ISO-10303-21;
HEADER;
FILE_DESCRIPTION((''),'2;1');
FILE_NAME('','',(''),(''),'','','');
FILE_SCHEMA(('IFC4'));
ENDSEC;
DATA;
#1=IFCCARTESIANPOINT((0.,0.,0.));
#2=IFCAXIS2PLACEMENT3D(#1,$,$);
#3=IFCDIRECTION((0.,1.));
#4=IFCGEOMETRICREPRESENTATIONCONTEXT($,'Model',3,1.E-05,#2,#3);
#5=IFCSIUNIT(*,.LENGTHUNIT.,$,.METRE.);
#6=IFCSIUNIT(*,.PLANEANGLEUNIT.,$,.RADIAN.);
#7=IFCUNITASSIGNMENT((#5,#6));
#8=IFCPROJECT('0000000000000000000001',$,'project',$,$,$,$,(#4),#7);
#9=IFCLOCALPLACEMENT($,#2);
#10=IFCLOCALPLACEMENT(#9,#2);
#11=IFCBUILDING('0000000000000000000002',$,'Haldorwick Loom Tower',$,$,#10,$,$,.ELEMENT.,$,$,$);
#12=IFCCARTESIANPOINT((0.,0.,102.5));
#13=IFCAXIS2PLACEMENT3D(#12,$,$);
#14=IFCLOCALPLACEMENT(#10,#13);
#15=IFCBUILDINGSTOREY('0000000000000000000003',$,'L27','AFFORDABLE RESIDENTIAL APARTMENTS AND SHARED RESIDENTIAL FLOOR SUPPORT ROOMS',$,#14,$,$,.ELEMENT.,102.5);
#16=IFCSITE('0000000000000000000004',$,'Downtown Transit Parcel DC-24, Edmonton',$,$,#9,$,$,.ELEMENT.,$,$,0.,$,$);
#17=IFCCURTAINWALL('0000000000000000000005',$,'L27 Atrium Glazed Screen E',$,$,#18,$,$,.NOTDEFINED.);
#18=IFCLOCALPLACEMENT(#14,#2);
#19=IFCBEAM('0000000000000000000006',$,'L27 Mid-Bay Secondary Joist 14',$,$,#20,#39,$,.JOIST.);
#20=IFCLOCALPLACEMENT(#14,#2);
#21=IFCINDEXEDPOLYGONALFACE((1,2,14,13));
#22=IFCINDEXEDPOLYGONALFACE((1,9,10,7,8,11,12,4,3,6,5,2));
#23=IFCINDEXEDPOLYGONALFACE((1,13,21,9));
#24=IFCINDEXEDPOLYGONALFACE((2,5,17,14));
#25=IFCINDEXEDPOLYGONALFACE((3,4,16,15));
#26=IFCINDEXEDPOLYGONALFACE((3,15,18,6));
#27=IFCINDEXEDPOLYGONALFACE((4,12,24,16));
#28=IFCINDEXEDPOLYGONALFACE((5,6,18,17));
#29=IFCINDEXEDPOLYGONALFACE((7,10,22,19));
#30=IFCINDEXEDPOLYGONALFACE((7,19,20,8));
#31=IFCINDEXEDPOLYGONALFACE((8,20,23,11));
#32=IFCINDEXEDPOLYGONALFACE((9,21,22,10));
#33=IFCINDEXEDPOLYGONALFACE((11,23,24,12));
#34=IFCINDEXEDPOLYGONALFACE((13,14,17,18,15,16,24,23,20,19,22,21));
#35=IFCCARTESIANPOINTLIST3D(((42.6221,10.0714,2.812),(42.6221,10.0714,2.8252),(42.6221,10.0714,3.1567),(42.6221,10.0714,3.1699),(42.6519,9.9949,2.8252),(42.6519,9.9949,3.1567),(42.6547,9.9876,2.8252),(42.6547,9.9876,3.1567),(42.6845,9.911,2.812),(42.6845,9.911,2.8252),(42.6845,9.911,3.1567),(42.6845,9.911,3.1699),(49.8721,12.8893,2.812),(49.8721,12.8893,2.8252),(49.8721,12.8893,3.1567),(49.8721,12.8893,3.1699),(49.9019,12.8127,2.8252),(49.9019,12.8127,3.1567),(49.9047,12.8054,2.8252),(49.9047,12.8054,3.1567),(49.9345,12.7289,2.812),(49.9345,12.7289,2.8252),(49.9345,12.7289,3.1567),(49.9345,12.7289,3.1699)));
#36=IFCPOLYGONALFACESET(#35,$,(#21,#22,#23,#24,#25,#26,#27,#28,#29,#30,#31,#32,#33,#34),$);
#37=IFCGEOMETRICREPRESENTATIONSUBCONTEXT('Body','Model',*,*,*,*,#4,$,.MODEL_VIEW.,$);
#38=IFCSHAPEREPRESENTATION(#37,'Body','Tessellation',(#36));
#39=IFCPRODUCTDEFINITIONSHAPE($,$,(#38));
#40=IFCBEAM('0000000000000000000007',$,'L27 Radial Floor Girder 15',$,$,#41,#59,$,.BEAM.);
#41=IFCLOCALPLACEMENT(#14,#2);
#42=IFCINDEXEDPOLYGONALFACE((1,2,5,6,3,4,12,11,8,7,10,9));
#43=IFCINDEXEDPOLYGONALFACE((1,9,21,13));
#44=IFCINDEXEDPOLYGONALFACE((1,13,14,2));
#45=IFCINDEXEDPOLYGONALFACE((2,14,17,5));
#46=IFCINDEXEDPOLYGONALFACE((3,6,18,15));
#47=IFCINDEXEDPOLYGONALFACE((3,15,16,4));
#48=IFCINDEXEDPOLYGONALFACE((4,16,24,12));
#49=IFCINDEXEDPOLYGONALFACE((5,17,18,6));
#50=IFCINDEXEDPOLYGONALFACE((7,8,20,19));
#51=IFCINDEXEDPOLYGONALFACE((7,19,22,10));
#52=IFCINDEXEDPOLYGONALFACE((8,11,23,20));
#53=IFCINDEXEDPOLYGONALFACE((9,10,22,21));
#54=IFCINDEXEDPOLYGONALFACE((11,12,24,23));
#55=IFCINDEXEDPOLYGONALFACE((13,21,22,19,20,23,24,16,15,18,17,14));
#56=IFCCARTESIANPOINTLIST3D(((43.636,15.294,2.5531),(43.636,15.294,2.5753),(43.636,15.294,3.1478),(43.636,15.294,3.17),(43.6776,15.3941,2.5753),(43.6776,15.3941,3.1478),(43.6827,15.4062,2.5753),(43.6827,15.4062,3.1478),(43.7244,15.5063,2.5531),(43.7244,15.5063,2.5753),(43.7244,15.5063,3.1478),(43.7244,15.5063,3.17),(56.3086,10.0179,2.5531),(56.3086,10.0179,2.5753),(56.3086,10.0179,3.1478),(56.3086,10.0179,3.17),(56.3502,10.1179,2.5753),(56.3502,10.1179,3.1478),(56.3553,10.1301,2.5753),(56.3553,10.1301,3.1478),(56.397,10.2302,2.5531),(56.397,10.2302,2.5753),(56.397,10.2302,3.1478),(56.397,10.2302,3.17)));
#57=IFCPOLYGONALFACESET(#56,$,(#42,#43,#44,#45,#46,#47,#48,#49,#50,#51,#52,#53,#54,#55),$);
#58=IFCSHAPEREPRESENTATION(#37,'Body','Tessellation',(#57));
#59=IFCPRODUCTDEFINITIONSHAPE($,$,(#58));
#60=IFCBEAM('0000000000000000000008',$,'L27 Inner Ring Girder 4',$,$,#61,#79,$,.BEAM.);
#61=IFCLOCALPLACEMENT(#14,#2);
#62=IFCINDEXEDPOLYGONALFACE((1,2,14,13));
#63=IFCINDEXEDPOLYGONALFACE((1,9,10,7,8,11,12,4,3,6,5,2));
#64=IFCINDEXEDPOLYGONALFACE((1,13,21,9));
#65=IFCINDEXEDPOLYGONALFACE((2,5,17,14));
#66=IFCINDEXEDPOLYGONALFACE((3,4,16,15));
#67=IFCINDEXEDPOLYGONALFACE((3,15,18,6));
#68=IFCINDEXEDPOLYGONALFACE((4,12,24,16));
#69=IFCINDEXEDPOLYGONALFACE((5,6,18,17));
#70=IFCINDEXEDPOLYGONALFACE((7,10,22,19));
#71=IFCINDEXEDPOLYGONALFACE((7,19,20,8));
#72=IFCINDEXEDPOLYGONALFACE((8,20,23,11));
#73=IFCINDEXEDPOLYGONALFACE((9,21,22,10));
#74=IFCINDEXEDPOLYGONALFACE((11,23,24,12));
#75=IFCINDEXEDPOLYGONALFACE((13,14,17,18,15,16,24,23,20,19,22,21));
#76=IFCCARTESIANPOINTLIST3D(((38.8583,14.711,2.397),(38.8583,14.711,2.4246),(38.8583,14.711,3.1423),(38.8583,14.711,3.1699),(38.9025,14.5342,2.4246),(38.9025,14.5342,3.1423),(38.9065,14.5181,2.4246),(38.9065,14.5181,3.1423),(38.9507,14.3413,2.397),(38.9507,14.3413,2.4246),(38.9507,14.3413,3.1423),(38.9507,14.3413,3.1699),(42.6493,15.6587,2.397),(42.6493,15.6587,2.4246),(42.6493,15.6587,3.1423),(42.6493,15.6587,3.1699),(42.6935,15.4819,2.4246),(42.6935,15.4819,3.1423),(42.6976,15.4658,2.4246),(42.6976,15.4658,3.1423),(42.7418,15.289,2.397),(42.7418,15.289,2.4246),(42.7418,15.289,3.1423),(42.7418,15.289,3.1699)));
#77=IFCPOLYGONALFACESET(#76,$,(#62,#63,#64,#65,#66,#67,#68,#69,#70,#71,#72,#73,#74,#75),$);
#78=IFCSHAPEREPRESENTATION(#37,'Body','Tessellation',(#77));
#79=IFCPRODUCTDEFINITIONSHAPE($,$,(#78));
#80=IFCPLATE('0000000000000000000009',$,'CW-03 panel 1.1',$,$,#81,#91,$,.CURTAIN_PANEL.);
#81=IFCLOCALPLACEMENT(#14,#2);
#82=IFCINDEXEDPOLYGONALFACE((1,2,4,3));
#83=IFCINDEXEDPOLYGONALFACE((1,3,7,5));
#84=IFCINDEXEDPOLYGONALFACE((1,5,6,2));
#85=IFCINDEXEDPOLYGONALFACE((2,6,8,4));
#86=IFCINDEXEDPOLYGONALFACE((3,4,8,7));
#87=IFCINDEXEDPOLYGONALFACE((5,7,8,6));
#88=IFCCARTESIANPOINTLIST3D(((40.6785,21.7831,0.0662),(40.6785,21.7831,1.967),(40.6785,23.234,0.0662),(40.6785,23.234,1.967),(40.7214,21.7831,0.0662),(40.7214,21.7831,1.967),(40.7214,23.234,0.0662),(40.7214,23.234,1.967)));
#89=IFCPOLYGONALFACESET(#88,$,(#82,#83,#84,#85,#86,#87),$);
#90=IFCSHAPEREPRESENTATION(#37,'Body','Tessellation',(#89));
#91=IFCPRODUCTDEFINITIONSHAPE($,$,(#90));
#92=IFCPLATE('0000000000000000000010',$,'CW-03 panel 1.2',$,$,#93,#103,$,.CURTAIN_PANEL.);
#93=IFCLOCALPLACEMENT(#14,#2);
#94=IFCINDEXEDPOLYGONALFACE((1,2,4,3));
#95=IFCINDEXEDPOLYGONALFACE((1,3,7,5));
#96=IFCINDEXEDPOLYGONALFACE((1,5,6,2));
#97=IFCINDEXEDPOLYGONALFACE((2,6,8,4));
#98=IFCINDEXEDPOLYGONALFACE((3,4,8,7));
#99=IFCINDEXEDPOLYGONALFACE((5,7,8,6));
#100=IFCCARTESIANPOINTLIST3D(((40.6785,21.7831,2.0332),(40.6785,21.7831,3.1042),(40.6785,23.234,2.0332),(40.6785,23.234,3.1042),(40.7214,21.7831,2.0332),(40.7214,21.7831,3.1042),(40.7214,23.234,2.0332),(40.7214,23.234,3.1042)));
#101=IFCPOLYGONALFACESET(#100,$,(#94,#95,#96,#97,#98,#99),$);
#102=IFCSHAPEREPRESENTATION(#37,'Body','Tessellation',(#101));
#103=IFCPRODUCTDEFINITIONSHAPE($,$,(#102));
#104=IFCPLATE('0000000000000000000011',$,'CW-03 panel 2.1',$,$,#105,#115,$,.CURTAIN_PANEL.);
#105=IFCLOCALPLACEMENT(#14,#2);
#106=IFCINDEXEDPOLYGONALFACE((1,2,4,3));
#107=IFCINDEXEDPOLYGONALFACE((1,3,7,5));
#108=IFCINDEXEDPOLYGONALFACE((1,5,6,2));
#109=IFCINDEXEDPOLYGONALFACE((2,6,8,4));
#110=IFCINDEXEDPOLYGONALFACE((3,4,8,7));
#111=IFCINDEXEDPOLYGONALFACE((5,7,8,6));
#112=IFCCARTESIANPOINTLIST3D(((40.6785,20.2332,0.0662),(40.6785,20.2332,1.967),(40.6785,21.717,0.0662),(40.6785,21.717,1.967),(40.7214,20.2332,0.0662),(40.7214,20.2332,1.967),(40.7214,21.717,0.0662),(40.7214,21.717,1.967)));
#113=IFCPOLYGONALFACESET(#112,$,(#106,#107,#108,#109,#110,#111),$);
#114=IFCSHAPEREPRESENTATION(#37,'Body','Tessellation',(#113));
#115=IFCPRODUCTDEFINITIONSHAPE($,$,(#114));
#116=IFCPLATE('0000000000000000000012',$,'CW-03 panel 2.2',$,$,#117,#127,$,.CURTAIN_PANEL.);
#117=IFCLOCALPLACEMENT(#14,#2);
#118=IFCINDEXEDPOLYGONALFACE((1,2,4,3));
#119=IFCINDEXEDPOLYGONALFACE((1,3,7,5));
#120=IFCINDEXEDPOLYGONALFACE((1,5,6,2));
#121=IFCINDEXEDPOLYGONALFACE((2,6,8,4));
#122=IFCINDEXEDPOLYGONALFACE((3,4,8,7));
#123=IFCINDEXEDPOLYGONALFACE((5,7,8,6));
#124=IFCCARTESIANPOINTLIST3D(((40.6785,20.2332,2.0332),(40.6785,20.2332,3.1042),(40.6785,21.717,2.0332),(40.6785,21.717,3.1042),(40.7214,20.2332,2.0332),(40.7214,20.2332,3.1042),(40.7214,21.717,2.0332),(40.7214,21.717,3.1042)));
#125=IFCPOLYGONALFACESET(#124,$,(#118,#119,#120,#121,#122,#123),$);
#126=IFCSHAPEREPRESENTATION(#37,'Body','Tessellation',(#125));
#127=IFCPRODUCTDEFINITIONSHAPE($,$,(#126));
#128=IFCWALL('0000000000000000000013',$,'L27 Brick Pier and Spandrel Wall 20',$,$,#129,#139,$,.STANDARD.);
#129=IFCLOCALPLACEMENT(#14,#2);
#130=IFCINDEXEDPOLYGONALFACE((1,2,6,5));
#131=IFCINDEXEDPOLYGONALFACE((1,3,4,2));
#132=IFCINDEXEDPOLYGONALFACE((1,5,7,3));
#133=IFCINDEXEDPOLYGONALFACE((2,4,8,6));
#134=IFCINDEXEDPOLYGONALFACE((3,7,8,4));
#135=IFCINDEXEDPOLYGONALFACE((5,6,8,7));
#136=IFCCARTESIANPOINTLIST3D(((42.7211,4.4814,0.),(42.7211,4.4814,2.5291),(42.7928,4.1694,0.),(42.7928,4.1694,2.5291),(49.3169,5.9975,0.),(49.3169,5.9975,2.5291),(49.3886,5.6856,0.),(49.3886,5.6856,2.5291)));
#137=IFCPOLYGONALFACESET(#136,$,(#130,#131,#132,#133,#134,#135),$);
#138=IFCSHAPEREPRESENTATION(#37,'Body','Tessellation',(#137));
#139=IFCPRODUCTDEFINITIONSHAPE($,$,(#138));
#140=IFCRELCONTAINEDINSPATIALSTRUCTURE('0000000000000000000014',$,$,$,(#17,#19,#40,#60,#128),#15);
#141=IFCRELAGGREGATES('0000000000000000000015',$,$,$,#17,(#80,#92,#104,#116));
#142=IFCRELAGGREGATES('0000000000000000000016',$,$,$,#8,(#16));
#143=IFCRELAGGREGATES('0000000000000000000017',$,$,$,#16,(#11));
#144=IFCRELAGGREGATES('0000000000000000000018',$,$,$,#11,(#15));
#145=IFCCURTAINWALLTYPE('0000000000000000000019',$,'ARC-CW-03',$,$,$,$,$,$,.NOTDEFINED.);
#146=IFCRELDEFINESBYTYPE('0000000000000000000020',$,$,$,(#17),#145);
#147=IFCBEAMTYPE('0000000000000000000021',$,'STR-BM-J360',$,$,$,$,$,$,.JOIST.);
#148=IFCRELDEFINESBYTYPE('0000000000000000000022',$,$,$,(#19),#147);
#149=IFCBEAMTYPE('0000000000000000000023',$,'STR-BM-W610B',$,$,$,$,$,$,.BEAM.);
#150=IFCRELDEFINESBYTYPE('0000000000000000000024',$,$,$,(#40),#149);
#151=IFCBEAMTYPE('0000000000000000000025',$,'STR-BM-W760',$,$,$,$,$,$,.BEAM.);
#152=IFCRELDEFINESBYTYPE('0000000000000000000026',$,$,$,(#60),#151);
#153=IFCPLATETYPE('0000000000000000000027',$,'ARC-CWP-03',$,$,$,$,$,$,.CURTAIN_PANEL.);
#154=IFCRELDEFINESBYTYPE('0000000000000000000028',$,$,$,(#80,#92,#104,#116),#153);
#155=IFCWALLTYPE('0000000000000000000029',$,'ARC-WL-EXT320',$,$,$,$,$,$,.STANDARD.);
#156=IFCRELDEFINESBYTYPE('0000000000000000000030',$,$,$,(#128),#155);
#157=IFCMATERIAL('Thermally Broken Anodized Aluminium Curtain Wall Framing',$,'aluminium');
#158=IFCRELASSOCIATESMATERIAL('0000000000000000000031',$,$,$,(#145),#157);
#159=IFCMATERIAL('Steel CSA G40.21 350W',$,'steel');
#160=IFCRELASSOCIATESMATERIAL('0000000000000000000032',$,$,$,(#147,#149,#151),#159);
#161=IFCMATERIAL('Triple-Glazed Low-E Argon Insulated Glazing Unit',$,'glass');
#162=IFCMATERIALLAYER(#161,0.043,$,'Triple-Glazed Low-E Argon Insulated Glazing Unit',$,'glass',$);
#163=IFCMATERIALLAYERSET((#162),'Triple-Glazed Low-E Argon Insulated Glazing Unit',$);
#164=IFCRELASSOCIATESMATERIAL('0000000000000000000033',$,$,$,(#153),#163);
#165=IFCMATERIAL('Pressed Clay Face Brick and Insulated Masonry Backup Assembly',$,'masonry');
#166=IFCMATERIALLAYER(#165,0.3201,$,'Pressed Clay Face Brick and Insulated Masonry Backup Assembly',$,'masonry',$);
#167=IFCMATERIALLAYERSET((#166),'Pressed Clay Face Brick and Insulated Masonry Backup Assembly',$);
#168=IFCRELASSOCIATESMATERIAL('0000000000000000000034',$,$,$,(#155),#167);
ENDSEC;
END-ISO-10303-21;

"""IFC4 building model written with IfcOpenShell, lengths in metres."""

from ifc_helpers import new_model, si_unit, direction, frame, frame_2d, origin, origin_2d, place, context, subcontext, project, spatial, rectangle, i_section, extrude, material, layer, layer_set, material_profile, profile_set, type_object, element, aggregate, save


model = new_model("IFC4")

# Units and contexts
model_context = context("Model", 3, precision=1e-05, world=origin(), true_north=direction((0.0, 1.0)))
body_context = subcontext(model_context, "Body", "Model", "MODEL_VIEW")
ifc_project = project(units=[si_unit("LENGTHUNIT", "METRE"), si_unit("PLANEANGLEUNIT", "RADIAN")], contexts=[model_context])

# Site, building, storey
site_placement = place(None, origin())
site = spatial("IfcSite", under=ifc_project, at=site_placement, Name="Downtown Transit Parcel DC-24, Edmonton", CompositionType="ELEMENT", RefElevation=0.0)
building_placement = place(site_placement, origin())
building = spatial("IfcBuilding", under=site, at=building_placement, Name="Haldorwick Loom Tower", CompositionType="ELEMENT")
storey_placement = place(building_placement, frame((0.0, 0.0, 102.5)))
storey = spatial("IfcBuildingStorey", under=building, at=storey_placement, Name="L27", Description="AFFORDABLE RESIDENTIAL APARTMENTS AND SHARED RESIDENTIAL FLOOR SUPPORT ROOMS", CompositionType="ELEMENT", Elevation=102.5)

# Curtain wall
ifc_material_1 = material(Name="Thermally Broken Anodized Aluminium Curtain Wall Framing", Category="aluminium")
curtain_wall_type = type_object("IfcCurtainWallType", Name="ARC-CW-03", PredefinedType="NOTDEFINED", material=ifc_material_1)
curtain_wall_placement = place(storey_placement, origin())
curtain_wall = element("IfcCurtainWall", 1, at=curtain_wall_placement, inside=storey, type_object=curtain_wall_type, Name="L27 Atrium Glazed Screen E", PredefinedType="NOTDEFINED")

# Beams
ifc_material_2 = material(Name="Steel CSA G40.21 350W", Category="steel")
ifc_material_profile_1 = material_profile(ifc_material_2, i_section(OverallWidth=0.1721, OverallDepth=0.3579, WebThickness=0.0078, FlangeThickness=0.0132, at=origin_2d()), Name="W360X57", Category="steel")
ifc_profile_set_1 = profile_set([ifc_material_profile_1], Name="Steel CSA G40.21 350W")
beam_type_1 = type_object("IfcBeamType", Name="STR-BM-J360", PredefinedType="JOIST", material=ifc_profile_set_1)
beam_1_placement = place(storey_placement, frame((42.6533, 9.9912, 2.991), z_axis=(0.932073, 0.362271, 0.0), x_axis=(-0.362271, 0.932073, 0.0)))
element("IfcBeam", 2, at=beam_1_placement, inside=storey, type_object=beam_type_1, Name="L27 Mid-Bay Secondary Joist 14", PredefinedType="JOIST", context=body_context, shape_type="SweptSolid", body=[
    extrude(i_section(OverallWidth=0.1721, OverallDepth=0.3579, WebThickness=0.0078, FlangeThickness=0.0132, at=origin_2d()), origin(), (0.0, 0.0, 1.0), 7.7783),
])
ifc_material_profile_2 = material_profile(ifc_material_2, i_section(OverallWidth=0.23, OverallDepth=0.6169, WebThickness=0.0132, FlangeThickness=0.0222, at=origin_2d()), Name="W610X140", Category="steel")
ifc_profile_set_2 = profile_set([ifc_material_profile_2], Name="Steel CSA G40.21 350W")
beam_type_2 = type_object("IfcBeamType", Name="STR-BM-W610B", PredefinedType="BEAM", material=ifc_profile_set_2)
beam_2_placement = place(storey_placement, frame((43.6802, 15.4001, 2.8616), z_axis=(0.923184, -0.384359, 0.0), x_axis=(0.384359, 0.923184, 0.0)))
element("IfcBeam", 3, at=beam_2_placement, inside=storey, type_object=beam_type_2, Name="L27 Radial Floor Girder 15", PredefinedType="BEAM", context=body_context, shape_type="SweptSolid", body=[
    extrude(i_section(OverallWidth=0.23, OverallDepth=0.6169, WebThickness=0.0132, FlangeThickness=0.0222, at=origin_2d()), origin(), (0.0, 0.0, 1.0), 13.7271),
])
ifc_material_profile_3 = material_profile(ifc_material_2, i_section(OverallWidth=0.3811, OverallDepth=0.7729, WebThickness=0.0166, FlangeThickness=0.0276, at=origin_2d()), Name="W760X257", Category="steel")
ifc_profile_set_3 = profile_set([ifc_material_profile_3], Name="Steel CSA G40.21 350W")
beam_type_3 = type_object("IfcBeamType", Name="STR-BM-W760", PredefinedType="BEAM", material=ifc_profile_set_3)
beam_3_placement = place(storey_placement, frame((42.6956, 15.4739, 2.7834), z_axis=(-0.970143, -0.242536, 0.0), x_axis=(0.242536, -0.970143, 0.0)))
element("IfcBeam", 4, at=beam_3_placement, inside=storey, type_object=beam_type_3, Name="L27 Inner Ring Girder 4", PredefinedType="BEAM", context=body_context, shape_type="SweptSolid", body=[
    extrude(i_section(OverallWidth=0.3811, OverallDepth=0.7729, WebThickness=0.0166, FlangeThickness=0.0276, at=origin_2d()), origin(), (0.0, 0.0, 1.0), 3.9077),
])

# Plates
ifc_material_3 = material(Name="Triple-Glazed Low-E Argon Insulated Glazing Unit", Category="glass")
ifc_layer_1 = layer(ifc_material_3, 0.043, Name="Triple-Glazed Low-E Argon Insulated Glazing Unit", Category="glass")
ifc_layer_set_1 = layer_set([ifc_layer_1], Name="Triple-Glazed Low-E Argon Insulated Glazing Unit")
plate_type = type_object("IfcPlateType", Name="ARC-CWP-03", PredefinedType="CURTAIN_PANEL", material=ifc_layer_set_1)
plate_1_placement = place(storey_placement, frame((40.7, 22.5085, 0.0662), z_axis=(0.0, 0.0, 1.0), x_axis=(0.0, -1.0, 0.0)))
plate_1 = element("IfcPlate", 5, at=plate_1_placement, type_object=plate_type, Name="CW-03 panel 1.1", PredefinedType="CURTAIN_PANEL", context=body_context, shape_type="SweptSolid", body=[
    extrude(rectangle(XDim=1.4509, YDim=0.043, at=origin_2d()), origin(), (0.0, 0.0, 1.0), 1.9009),
])
plate_2_placement = place(storey_placement, frame((40.7, 22.5085, 2.0332), z_axis=(0.0, 0.0, 1.0), x_axis=(0.0, -1.0, 0.0)))
plate_2 = element("IfcPlate", 6, at=plate_2_placement, type_object=plate_type, Name="CW-03 panel 1.2", PredefinedType="CURTAIN_PANEL", context=body_context, shape_type="SweptSolid", body=[
    extrude(rectangle(XDim=1.4509, YDim=0.043, at=origin_2d()), origin(), (0.0, 0.0, 1.0), 1.071),
])
plate_3_placement = place(storey_placement, frame((40.7, 20.9751, 0.0662), z_axis=(0.0, 0.0, 1.0), x_axis=(0.0, -1.0, 0.0)))
plate_3 = element("IfcPlate", 7, at=plate_3_placement, type_object=plate_type, Name="CW-03 panel 2.1", PredefinedType="CURTAIN_PANEL", context=body_context, shape_type="SweptSolid", body=[
    extrude(rectangle(XDim=1.4839, YDim=0.043, at=origin_2d()), origin(), (0.0, 0.0, 1.0), 1.9009),
])
plate_4_placement = place(storey_placement, frame((40.7, 20.9751, 2.0332), z_axis=(0.0, 0.0, 1.0), x_axis=(0.0, -1.0, 0.0)))
plate_4 = element("IfcPlate", 8, at=plate_4_placement, type_object=plate_type, Name="CW-03 panel 2.2", PredefinedType="CURTAIN_PANEL", context=body_context, shape_type="SweptSolid", body=[
    extrude(rectangle(XDim=1.4839, YDim=0.043, at=origin_2d()), origin(), (0.0, 0.0, 1.0), 1.071),
])
aggregate(curtain_wall, [plate_1, plate_2, plate_3, plate_4])

# Wall
ifc_material_4 = material(Name="Pressed Clay Face Brick and Insulated Masonry Backup Assembly", Category="masonry")
ifc_layer_2 = layer(ifc_material_4, 0.3201, Name="Pressed Clay Face Brick and Insulated Masonry Backup Assembly", Category="masonry")
ifc_layer_set_2 = layer_set([ifc_layer_2], Name="Pressed Clay Face Brick and Insulated Masonry Backup Assembly")
wall_type_1 = type_object("IfcWallType", Name="ARC-WL-EXT320", PredefinedType="STANDARD", material=ifc_layer_set_2)
wall_1_placement = place(storey_placement, frame((42.7571, 4.3254, 0.0), z_axis=(0.0, 0.0, 1.0), x_axis=(0.974584, 0.224022, 0.0)))
element("IfcWall", 9, at=wall_1_placement, inside=storey, type_object=wall_type_1, Name="L27 Brick Pier and Spandrel Wall 20", PredefinedType="STANDARD", context=body_context, shape_type="SweptSolid", body=[
    extrude(rectangle(XDim=6.7678, YDim=0.3201, at=frame_2d((3.3838, 0.0))), origin(), (0.0, 0.0, 1.0), 2.5291),
])

save(model, "model.ifc")
